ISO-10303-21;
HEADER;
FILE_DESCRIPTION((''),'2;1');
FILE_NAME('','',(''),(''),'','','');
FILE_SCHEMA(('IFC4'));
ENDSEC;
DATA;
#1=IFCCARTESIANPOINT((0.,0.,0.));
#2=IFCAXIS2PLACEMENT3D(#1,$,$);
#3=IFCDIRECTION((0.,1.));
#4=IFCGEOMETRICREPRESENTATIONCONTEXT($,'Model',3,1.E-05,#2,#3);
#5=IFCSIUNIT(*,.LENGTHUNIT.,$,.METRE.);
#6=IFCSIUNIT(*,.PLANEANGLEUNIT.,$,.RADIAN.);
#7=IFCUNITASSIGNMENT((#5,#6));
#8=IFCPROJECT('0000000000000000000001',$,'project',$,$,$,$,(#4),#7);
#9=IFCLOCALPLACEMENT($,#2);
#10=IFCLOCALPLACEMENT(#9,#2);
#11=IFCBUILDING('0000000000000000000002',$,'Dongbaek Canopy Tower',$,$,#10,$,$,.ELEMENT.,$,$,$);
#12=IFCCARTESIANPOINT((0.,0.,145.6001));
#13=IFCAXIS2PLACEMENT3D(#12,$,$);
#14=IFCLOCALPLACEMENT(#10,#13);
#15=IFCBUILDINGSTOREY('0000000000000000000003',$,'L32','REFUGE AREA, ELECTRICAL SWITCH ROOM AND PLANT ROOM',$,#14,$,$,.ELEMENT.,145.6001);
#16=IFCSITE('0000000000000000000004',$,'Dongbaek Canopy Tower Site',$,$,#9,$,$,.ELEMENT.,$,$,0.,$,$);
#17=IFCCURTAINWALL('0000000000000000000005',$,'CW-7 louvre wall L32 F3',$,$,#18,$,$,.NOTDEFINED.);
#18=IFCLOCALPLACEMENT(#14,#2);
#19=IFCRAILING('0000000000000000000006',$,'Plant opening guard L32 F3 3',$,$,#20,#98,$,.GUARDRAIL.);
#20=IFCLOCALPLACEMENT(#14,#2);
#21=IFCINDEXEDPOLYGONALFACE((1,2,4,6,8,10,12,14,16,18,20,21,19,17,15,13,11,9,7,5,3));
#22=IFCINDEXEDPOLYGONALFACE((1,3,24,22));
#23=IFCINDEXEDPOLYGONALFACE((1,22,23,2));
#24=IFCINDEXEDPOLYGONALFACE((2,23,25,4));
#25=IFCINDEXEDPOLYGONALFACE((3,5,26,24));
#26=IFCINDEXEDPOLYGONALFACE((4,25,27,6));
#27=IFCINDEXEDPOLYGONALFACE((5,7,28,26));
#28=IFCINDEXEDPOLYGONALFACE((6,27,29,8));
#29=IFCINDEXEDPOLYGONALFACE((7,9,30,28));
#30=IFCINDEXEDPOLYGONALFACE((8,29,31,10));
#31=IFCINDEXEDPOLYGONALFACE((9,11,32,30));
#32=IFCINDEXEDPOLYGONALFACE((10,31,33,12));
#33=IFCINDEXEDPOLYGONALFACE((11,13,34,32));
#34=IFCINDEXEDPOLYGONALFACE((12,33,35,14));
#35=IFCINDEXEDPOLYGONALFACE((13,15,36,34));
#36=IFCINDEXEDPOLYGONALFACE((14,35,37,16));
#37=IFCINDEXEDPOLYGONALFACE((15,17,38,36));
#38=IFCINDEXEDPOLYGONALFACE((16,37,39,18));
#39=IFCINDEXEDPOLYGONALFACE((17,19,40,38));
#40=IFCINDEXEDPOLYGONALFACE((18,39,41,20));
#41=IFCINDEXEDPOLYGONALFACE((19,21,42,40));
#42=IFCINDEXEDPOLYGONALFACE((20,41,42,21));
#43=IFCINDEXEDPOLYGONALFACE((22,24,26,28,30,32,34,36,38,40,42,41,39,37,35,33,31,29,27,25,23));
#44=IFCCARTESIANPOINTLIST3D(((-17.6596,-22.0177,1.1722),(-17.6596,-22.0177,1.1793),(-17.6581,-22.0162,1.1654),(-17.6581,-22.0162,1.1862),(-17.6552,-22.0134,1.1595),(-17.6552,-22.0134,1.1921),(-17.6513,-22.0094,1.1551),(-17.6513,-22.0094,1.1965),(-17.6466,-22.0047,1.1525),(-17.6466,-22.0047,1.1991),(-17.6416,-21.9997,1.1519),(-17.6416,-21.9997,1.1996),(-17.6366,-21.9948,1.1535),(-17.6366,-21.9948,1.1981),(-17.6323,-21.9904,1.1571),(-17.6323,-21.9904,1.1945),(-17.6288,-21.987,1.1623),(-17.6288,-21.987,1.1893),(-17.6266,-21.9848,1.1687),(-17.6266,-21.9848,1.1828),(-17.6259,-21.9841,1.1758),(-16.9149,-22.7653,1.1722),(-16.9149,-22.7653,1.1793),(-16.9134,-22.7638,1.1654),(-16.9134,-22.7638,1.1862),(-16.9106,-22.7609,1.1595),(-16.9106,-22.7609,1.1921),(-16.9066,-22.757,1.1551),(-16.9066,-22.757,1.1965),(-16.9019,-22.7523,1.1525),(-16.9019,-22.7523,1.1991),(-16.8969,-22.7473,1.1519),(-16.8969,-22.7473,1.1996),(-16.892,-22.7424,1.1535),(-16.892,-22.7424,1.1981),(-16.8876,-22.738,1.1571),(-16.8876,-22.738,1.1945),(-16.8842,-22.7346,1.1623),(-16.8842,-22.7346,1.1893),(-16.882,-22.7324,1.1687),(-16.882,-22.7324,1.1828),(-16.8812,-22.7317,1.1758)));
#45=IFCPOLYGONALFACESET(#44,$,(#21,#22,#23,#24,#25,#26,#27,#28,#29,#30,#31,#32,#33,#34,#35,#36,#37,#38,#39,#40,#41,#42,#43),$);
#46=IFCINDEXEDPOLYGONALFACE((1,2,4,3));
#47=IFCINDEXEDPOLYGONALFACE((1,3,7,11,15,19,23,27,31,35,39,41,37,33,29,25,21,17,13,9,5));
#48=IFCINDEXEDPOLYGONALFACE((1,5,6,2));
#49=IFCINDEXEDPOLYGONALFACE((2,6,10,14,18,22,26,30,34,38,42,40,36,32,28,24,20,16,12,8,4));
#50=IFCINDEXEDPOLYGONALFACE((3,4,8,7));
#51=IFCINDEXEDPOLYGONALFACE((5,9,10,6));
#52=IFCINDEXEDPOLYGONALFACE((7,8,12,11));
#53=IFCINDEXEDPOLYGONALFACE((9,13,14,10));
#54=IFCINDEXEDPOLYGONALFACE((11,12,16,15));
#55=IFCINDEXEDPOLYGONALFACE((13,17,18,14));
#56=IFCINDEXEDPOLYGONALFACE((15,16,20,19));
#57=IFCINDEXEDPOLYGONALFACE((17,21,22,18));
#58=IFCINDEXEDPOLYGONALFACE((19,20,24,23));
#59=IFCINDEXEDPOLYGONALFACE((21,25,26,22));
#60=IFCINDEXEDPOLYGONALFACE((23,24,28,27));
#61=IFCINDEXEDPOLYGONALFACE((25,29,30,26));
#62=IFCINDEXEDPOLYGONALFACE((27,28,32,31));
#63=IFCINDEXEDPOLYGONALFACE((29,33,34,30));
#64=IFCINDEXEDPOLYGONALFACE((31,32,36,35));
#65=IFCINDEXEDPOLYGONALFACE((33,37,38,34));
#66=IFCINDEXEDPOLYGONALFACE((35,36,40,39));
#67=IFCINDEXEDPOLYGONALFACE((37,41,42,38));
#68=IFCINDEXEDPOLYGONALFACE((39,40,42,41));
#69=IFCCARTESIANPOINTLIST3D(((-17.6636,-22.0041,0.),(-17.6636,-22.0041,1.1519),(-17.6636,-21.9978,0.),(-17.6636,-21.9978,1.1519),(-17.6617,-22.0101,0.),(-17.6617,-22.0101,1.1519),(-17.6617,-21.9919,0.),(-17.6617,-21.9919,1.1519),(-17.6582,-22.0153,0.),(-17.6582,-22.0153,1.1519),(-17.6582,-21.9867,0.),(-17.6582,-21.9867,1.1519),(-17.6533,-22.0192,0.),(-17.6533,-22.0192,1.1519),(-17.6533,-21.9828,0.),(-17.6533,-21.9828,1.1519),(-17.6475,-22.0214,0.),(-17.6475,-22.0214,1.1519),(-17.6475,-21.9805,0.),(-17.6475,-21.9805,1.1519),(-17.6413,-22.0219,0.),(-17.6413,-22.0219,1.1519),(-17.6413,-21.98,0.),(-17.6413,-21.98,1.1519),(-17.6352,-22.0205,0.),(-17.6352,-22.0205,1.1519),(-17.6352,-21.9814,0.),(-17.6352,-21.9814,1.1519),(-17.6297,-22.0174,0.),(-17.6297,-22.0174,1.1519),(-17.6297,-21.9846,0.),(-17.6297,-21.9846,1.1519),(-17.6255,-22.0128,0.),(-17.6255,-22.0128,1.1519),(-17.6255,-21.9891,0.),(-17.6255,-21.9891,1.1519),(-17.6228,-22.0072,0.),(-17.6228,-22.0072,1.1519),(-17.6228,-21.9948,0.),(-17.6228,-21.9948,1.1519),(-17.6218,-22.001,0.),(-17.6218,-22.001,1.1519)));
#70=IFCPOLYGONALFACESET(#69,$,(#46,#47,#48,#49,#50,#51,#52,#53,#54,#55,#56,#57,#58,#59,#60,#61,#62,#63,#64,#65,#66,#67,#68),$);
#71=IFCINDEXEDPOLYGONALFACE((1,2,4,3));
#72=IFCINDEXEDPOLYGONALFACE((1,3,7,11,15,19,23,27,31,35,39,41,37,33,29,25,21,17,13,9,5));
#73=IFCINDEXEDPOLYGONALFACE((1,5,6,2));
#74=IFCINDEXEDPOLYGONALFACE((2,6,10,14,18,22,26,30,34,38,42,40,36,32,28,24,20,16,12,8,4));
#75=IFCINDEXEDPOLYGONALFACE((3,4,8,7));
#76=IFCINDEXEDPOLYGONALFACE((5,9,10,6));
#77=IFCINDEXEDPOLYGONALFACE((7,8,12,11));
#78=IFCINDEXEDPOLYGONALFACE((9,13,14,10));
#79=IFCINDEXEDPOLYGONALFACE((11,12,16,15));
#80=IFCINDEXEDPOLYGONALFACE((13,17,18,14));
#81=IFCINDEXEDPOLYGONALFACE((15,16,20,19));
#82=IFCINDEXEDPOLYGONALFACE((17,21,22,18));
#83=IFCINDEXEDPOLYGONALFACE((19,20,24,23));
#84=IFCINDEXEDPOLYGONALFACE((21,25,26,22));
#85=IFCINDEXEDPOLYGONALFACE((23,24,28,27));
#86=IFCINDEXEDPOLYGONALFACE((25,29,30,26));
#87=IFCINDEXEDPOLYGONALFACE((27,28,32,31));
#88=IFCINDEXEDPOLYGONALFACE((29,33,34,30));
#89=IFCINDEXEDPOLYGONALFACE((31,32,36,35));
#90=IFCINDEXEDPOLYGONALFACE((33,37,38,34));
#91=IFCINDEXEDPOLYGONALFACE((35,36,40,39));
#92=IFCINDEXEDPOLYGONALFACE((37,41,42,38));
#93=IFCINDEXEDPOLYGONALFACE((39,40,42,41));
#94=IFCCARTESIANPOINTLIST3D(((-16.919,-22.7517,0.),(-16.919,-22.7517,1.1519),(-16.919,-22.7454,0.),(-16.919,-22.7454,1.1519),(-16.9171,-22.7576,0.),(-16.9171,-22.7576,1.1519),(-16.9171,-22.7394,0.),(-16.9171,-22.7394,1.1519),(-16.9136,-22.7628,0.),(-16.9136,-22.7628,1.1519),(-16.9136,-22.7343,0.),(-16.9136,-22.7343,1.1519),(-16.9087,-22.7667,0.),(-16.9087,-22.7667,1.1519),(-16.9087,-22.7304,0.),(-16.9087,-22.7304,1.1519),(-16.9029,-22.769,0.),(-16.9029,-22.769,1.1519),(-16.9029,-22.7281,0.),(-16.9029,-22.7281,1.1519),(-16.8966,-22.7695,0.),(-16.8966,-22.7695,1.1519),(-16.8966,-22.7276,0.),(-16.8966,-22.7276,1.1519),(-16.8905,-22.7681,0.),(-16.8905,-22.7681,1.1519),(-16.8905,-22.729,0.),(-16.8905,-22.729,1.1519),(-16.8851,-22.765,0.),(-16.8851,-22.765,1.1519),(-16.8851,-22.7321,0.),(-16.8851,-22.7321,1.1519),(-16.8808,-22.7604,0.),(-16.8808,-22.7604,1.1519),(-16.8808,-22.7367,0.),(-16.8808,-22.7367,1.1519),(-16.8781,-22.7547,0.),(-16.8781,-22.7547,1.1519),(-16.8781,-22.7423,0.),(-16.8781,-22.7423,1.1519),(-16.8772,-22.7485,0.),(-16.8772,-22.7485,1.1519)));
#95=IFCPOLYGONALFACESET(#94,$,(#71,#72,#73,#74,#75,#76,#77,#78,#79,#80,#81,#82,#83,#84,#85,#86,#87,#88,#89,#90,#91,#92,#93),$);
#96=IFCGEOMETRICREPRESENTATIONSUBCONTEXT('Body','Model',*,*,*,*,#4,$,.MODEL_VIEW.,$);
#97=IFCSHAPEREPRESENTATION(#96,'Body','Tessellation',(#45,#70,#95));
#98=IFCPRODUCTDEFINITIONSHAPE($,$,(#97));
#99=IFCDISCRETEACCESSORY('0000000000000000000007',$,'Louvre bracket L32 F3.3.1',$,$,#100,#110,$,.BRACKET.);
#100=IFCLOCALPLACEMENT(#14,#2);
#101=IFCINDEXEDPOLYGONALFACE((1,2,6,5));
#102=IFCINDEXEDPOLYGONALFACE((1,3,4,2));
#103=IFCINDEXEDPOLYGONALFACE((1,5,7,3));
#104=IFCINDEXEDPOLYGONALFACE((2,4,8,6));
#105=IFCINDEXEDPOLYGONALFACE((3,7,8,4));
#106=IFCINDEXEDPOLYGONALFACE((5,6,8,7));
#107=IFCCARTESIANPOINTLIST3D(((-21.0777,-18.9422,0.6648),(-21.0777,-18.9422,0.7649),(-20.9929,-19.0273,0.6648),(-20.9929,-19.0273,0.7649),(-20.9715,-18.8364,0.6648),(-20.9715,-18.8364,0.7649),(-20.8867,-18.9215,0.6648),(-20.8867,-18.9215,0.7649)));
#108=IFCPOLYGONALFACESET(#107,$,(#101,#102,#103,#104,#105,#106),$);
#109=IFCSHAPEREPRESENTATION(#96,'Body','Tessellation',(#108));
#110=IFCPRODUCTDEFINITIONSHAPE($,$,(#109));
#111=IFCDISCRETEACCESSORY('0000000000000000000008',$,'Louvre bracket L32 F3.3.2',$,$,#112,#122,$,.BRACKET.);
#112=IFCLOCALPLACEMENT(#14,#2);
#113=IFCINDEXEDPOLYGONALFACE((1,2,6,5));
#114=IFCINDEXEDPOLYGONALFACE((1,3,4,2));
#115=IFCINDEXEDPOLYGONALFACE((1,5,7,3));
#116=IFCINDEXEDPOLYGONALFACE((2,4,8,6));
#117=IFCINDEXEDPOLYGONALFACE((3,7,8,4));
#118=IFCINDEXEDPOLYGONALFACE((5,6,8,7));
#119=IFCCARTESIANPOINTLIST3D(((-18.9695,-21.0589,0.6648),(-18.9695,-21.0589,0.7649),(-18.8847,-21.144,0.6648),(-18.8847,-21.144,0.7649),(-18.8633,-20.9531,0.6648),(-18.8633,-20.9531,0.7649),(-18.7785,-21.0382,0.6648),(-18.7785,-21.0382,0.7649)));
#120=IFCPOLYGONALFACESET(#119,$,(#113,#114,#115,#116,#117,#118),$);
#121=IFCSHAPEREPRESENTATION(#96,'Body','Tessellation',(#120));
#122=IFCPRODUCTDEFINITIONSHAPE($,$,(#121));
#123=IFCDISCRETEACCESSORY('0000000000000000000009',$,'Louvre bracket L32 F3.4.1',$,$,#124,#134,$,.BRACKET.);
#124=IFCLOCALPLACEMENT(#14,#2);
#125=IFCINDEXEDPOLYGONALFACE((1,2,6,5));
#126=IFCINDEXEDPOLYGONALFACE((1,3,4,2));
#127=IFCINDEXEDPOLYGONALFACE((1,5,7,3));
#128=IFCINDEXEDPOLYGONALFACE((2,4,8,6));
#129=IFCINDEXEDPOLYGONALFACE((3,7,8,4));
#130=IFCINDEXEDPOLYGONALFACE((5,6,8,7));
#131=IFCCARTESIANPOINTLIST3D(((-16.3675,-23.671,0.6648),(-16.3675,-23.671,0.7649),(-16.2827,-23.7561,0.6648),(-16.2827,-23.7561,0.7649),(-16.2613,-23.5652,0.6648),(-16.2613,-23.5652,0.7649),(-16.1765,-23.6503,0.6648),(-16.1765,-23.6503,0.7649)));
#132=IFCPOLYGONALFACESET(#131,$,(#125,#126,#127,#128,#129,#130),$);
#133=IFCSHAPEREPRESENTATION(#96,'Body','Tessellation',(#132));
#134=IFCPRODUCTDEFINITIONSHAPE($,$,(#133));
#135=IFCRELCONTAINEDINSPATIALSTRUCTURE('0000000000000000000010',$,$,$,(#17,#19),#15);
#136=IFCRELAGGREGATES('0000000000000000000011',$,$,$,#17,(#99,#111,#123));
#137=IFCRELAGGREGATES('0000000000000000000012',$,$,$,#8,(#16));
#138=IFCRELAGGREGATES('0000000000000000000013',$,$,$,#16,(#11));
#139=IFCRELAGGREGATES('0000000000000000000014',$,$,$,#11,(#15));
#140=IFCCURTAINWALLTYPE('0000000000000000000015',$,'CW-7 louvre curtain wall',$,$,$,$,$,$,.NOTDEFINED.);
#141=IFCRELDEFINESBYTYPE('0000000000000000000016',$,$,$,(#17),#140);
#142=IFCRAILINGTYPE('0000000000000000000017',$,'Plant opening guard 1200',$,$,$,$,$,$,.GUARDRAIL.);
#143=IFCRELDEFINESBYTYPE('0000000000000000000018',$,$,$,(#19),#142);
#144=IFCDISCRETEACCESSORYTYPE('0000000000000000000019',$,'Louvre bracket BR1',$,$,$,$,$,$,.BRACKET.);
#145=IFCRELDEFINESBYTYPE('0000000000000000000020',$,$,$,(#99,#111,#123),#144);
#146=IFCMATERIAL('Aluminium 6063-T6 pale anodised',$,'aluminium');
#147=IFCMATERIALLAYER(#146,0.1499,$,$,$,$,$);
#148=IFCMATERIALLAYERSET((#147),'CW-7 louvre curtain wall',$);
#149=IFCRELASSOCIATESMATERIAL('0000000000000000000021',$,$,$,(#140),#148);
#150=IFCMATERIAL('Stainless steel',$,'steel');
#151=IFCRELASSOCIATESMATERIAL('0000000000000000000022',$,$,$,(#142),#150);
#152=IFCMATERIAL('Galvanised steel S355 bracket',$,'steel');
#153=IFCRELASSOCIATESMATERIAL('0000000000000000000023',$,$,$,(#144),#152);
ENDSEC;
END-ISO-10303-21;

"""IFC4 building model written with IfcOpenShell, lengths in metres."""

from ifc_helpers import new_model, si_unit, direction, frame, origin, origin_2d, place, context, subcontext, project, spatial, rectangle, circle, extrude, material, layer, layer_set, type_object, element, aggregate, save


model = new_model("IFC4")

# Units and contexts
model_context = context("Model", 3, precision=1e-05, world=origin(), true_north=direction((0.0, 1.0)))
body_context = subcontext(model_context, "Body", "Model", "MODEL_VIEW")
ifc_project = project(units=[si_unit("LENGTHUNIT", "METRE"), si_unit("PLANEANGLEUNIT", "RADIAN")], contexts=[model_context])

# Site, building, storey
site_placement = place(None, origin())
site = spatial("IfcSite", under=ifc_project, at=site_placement, Name="Dongbaek Canopy Tower Site", CompositionType="ELEMENT", RefElevation=0.0)
building_placement = place(site_placement, origin())
building = spatial("IfcBuilding", under=site, at=building_placement, Name="Dongbaek Canopy Tower", CompositionType="ELEMENT")
storey_placement = place(building_placement, frame((0.0, 0.0, 145.6001)))
storey = spatial("IfcBuildingStorey", under=building, at=storey_placement, Name="L32", Description="REFUGE AREA, ELECTRICAL SWITCH ROOM AND PLANT ROOM", CompositionType="ELEMENT", Elevation=145.6001)

# Curtain wall
ifc_material_1 = material(Name="Aluminium 6063-T6 pale anodised", Category="aluminium")
ifc_layer_1 = layer(ifc_material_1, 0.1499)
ifc_layer_set_1 = layer_set([ifc_layer_1], Name="CW-7 louvre curtain wall")
curtain_wall_type = type_object("IfcCurtainWallType", Name="CW-7 louvre curtain wall", PredefinedType="NOTDEFINED", material=ifc_layer_set_1)
curtain_wall_placement = place(storey_placement, origin())
curtain_wall = element("IfcCurtainWall", 1, at=curtain_wall_placement, inside=storey, type_object=curtain_wall_type, Name="CW-7 louvre wall L32 F3", PredefinedType="NOTDEFINED")

# Railing
ifc_material_2 = material(Name="Stainless steel", Category="steel")
railing_type = type_object("IfcRailingType", Name="Plant opening guard 1200", PredefinedType="GUARDRAIL", material=ifc_material_2)
railing_placement = place(storey_placement, frame((-17.6428, -22.001, 0.0)))
element("IfcRailing", 2, at=railing_placement, inside=storey, type_object=railing_type, Name="Plant opening guard L32 F3 3", PredefinedType="GUARDRAIL", context=body_context, shape_type="SweptSolid", body=[
    extrude(circle(Radius=0.0239, at=origin_2d()), frame((0.0, 0.0, 1.1758), z_axis=(0.705717, -0.708494, 0.0), x_axis=(0.708494, 0.705717, 0.0)), (0.0, 0.0, 1.0), 1.0552),
    extrude(circle(Radius=0.021, at=origin_2d()), origin(), (0.0, 0.0, 1.0), 1.1519),
    extrude(circle(Radius=0.021, at=origin_2d()), frame((0.7446, -0.7476, 0.0)), (0.0, 0.0, 1.0), 1.1519),
])

# Discrete accessories
ifc_material_3 = material(Name="Galvanised steel S355 bracket", Category="steel")
discrete_accessory_type = type_object("IfcDiscreteAccessoryType", Name="Louvre bracket BR1", PredefinedType="BRACKET", material=ifc_material_3)
discrete_accessory_1_placement = place(storey_placement, frame((-20.9822, -18.9319, 0.6648), z_axis=(0.0, 0.0, 1.0), x_axis=(0.705732, -0.708479, 0.0)))
discrete_accessory_1 = element("IfcDiscreteAccessory", 3, at=discrete_accessory_1_placement, type_object=discrete_accessory_type, Name="Louvre bracket L32 F3.3.1", PredefinedType="BRACKET", context=body_context, shape_type="SweptSolid", body=[
    extrude(rectangle(XDim=0.1201, YDim=0.1499, at=origin_2d()), origin(), (0.0, 0.0, 1.0), 0.1001),
])
discrete_accessory_2_placement = place(storey_placement, frame((-18.874, -21.0486, 0.6648), z_axis=(0.0, 0.0, 1.0), x_axis=(0.705732, -0.708479, 0.0)))
discrete_accessory_2 = element("IfcDiscreteAccessory", 4, at=discrete_accessory_2_placement, type_object=discrete_accessory_type, Name="Louvre bracket L32 F3.3.2", PredefinedType="BRACKET", context=body_context, shape_type="SweptSolid", body=[
    extrude(rectangle(XDim=0.1201, YDim=0.1499, at=origin_2d()), origin(), (0.0, 0.0, 1.0), 0.1001),
])
discrete_accessory_3_placement = place(storey_placement, frame((-16.272, -23.6606, 0.6648), z_axis=(0.0, 0.0, 1.0), x_axis=(0.705732, -0.708479, 0.0)))
discrete_accessory_3 = element("IfcDiscreteAccessory", 5, at=discrete_accessory_3_placement, type_object=discrete_accessory_type, Name="Louvre bracket L32 F3.4.1", PredefinedType="BRACKET", context=body_context, shape_type="SweptSolid", body=[
    extrude(rectangle(XDim=0.1201, YDim=0.1499, at=origin_2d()), origin(), (0.0, 0.0, 1.0), 0.1001),
])
aggregate(curtain_wall, [discrete_accessory_1, discrete_accessory_2, discrete_accessory_3])

save(model, "model.ifc")
